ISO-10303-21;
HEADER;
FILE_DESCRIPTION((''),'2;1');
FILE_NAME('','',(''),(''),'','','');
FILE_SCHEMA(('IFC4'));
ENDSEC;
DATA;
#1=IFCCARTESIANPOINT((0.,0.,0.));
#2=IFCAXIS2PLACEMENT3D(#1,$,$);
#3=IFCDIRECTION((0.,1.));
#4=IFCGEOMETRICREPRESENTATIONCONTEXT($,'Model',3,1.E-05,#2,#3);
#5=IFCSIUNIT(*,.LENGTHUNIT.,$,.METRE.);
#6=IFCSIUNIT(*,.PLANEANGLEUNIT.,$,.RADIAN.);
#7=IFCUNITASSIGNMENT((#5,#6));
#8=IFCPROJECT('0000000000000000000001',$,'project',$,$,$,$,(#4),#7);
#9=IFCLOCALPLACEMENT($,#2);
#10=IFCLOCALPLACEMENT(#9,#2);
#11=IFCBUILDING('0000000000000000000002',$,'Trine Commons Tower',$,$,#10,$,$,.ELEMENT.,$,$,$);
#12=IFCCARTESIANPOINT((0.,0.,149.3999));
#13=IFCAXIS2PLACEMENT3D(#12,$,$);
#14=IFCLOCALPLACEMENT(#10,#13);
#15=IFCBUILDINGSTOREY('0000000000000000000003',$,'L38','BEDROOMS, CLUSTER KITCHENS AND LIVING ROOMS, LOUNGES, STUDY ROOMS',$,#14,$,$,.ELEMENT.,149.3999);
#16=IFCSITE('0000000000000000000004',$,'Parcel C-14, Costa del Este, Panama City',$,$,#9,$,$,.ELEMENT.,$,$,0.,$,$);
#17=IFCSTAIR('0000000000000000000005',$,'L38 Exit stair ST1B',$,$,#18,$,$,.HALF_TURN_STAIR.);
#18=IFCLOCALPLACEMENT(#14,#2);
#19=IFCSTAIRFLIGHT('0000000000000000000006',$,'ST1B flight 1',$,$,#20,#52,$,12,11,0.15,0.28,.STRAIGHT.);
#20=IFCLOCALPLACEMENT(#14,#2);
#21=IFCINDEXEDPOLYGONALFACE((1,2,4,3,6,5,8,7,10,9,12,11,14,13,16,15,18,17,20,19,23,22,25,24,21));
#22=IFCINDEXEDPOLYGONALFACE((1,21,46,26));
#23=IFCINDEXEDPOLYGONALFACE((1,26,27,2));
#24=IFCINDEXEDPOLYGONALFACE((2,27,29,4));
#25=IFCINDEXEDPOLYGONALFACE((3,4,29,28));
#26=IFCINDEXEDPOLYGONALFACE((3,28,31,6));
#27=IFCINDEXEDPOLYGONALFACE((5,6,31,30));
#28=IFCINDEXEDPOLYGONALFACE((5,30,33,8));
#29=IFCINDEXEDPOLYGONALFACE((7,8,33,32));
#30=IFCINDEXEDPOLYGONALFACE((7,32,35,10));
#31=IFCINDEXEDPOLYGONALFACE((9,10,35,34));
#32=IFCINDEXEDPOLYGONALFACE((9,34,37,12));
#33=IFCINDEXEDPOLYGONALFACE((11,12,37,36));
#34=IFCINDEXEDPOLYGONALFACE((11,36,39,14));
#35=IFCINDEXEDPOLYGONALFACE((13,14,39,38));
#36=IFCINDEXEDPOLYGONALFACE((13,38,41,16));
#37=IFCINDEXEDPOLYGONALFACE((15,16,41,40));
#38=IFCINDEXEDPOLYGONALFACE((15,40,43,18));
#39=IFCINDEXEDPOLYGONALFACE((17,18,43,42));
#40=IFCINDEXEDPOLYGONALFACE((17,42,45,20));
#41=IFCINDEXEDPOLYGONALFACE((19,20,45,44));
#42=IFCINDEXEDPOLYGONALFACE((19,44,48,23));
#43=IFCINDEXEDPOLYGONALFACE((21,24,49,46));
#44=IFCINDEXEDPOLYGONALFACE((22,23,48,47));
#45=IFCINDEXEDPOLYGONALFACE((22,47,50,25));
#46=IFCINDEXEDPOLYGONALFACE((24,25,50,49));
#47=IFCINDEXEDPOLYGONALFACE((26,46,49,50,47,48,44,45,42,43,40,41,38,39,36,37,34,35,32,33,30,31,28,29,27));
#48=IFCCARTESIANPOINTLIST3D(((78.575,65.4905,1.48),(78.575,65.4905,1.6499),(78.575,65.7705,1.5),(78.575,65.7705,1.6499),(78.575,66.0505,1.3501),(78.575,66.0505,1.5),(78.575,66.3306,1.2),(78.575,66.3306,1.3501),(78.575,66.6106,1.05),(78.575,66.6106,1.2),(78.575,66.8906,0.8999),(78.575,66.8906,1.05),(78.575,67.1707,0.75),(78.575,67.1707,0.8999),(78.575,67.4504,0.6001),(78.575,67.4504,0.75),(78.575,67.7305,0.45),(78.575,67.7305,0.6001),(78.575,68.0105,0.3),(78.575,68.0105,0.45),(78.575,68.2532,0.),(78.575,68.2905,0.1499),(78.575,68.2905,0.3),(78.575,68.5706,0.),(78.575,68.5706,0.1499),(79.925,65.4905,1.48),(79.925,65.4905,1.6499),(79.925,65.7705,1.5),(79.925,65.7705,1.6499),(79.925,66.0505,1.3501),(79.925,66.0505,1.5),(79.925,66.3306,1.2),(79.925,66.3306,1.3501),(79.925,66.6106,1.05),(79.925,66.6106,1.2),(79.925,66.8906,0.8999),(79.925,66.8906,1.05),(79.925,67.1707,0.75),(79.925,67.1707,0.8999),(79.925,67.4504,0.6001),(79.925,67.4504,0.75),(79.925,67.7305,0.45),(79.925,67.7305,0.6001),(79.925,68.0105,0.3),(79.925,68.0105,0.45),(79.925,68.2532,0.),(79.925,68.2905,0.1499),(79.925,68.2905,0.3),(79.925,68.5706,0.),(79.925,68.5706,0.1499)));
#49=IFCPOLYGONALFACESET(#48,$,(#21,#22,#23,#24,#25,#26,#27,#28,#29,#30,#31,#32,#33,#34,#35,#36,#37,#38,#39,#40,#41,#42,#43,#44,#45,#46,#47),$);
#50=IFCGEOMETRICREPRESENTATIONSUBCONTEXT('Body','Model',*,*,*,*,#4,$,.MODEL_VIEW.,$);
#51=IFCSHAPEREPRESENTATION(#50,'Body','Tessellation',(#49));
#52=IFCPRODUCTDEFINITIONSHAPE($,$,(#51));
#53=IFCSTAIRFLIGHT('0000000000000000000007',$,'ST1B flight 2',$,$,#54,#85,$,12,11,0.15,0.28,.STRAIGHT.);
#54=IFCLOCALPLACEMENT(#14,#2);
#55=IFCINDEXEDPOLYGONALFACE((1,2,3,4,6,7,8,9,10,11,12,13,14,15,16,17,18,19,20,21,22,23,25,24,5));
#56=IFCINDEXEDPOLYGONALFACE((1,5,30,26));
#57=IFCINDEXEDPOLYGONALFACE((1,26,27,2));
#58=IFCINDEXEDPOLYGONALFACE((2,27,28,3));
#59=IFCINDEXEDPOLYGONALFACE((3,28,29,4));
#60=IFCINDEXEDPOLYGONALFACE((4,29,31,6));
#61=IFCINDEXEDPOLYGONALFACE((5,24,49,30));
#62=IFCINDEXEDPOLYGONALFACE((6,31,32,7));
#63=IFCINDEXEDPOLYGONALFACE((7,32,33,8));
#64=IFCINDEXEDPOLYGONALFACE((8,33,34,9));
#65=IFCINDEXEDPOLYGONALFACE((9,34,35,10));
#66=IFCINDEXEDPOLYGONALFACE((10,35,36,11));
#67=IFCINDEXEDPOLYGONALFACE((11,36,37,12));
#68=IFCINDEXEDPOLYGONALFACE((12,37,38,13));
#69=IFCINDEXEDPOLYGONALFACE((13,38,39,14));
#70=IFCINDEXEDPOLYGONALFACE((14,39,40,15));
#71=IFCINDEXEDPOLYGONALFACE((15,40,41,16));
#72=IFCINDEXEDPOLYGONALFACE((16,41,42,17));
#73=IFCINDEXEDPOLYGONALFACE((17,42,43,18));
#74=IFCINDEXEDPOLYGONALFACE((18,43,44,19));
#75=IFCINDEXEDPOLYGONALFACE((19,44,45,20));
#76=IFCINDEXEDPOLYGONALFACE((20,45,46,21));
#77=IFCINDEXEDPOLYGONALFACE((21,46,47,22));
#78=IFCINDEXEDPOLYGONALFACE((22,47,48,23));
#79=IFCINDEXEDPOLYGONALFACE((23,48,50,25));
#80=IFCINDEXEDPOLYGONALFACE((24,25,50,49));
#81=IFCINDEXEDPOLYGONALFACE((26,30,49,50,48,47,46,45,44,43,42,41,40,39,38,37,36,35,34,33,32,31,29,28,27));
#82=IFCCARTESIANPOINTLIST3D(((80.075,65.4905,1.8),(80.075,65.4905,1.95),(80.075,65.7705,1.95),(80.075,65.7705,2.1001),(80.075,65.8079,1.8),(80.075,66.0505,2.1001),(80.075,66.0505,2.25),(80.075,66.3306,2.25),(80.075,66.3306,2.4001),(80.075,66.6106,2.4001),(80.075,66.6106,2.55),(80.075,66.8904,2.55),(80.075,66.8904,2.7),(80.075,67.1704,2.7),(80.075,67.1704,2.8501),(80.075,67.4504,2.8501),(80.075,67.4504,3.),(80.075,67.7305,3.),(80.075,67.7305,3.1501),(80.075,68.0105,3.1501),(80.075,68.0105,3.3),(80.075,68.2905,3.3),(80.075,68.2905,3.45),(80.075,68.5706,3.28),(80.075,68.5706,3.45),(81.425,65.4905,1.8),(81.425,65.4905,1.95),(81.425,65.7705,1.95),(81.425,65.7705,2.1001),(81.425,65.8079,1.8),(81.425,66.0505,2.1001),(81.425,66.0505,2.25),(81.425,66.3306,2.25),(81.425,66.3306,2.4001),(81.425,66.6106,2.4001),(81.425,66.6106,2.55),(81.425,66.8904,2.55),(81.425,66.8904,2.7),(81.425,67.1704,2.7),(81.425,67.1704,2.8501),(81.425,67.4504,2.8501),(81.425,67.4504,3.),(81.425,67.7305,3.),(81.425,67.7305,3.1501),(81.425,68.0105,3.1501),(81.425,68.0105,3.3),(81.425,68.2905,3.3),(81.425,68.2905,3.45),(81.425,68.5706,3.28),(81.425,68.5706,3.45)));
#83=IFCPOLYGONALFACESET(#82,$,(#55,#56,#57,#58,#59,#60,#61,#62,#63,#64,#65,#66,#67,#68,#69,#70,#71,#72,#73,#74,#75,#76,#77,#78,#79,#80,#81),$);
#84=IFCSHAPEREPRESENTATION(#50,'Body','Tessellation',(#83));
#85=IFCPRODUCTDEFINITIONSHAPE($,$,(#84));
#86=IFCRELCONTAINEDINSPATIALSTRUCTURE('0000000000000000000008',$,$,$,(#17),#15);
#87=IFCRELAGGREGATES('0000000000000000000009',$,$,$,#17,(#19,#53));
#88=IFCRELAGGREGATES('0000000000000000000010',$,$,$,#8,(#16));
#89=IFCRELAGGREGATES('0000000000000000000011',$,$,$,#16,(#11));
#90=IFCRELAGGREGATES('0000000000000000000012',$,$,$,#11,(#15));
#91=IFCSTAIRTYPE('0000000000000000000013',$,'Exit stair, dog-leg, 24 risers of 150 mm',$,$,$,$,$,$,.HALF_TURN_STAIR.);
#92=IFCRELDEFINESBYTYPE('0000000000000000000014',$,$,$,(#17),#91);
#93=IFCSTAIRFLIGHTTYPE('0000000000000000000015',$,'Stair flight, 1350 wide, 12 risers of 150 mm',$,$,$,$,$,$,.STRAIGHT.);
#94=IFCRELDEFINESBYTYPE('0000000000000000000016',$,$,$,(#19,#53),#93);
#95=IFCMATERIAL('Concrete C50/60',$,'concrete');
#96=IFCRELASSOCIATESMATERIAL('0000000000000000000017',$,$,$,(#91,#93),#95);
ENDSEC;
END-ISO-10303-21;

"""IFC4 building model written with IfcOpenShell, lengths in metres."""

from ifc_helpers import new_model, si_unit, direction, frame, origin, place, context, subcontext, project, spatial, polyline, outline, extrude, material, type_object, element, aggregate, save


model = new_model("IFC4")

# Units and contexts
model_context = context("Model", 3, precision=1e-05, world=origin(), true_north=direction((0.0, 1.0)))
body_context = subcontext(model_context, "Body", "Model", "MODEL_VIEW")
ifc_project = project(units=[si_unit("LENGTHUNIT", "METRE"), si_unit("PLANEANGLEUNIT", "RADIAN")], contexts=[model_context])

# Site, building, storey
site_placement = place(None, origin())
site = spatial("IfcSite", under=ifc_project, at=site_placement, Name="Parcel C-14, Costa del Este, Panama City", CompositionType="ELEMENT", RefElevation=0.0)
building_placement = place(site_placement, origin())
building = spatial("IfcBuilding", under=site, at=building_placement, Name="Trine Commons Tower", CompositionType="ELEMENT")
storey_placement = place(building_placement, frame((0.0, 0.0, 149.3999)))
storey = spatial("IfcBuildingStorey", under=building, at=storey_placement, Name="L38", Description="BEDROOMS, CLUSTER KITCHENS AND LIVING ROOMS, LOUNGES, STUDY ROOMS", CompositionType="ELEMENT", Elevation=149.3999)

# Stair, stair flights
ifc_material_1 = material(Name="Concrete C50/60", Category="concrete")
stair_type = type_object("IfcStairType", Name="Exit stair, dog-leg, 24 risers of 150 mm", PredefinedType="HALF_TURN_STAIR", material=ifc_material_1)
stair_placement = place(storey_placement, origin())
stair = element("IfcStair", 1, at=stair_placement, inside=storey, type_object=stair_type, Name="L38 Exit stair ST1B", PredefinedType="HALF_TURN_STAIR")
stair_flight_type = type_object("IfcStairFlightType", Name="Stair flight, 1350 wide, 12 risers of 150 mm", PredefinedType="STRAIGHT", material=ifc_material_1)
stair_flight_1_placement = place(storey_placement, frame((79.25, 68.5706, 0.0), z_axis=(0.0, 0.0, 1.0), x_axis=(0.0, -1.0, 0.0)))
stair_flight_1 = element("IfcStairFlight", 2, at=stair_flight_1_placement, type_object=stair_flight_type, Name="ST1B flight 1", NumberOfRisers=12, NumberOfTreads=11, PredefinedType="STRAIGHT", RiserHeight=0.15, TreadLength=0.28, context=body_context, shape_type="SweptSolid", body=[
    extrude(outline(polyline([(0.0, 0.0), (0.0, 0.1499), (0.28, 0.1499), (0.28, 0.3), (0.5601, 0.3), (0.5601, 0.45), (0.8401, 0.45), (0.8401, 0.6001), (1.1201, 0.6001), (1.1201, 0.75), (1.3999, 0.75), (1.3999, 0.8999), (1.6799, 0.8999), (1.6799, 1.05), (1.96, 1.05), (1.96, 1.2), (2.24, 1.2), (2.24, 1.3501), (2.52, 1.3501), (2.52, 1.5), (2.8, 1.5), (2.8, 1.6499), (3.0801, 1.6499), (3.0801, 1.8), (3.0801, 1.48), (0.3174, 0.0), (0.0, 0.0)])), frame((0.0, 0.675, 0.0), z_axis=(0.0, -1.0, 0.0), x_axis=(1.0, 0.0, 0.0)), (0.0, 0.0, 1.0), 1.3501),
])
stair_flight_2_placement = place(storey_placement, frame((80.75, 65.4905, 1.8), z_axis=(0.0, 0.0, 1.0), x_axis=(0.0, 1.0, 0.0)))
stair_flight_2 = element("IfcStairFlight", 3, at=stair_flight_2_placement, type_object=stair_flight_type, Name="ST1B flight 2", NumberOfRisers=12, NumberOfTreads=11, PredefinedType="STRAIGHT", RiserHeight=0.15, TreadLength=0.28, context=body_context, shape_type="SweptSolid", body=[
    extrude(outline(polyline([(0.0, 0.0), (0.0, 0.1499), (0.28, 0.1499), (0.28, 0.3), (0.5601, 0.3), (0.5601, 0.45), (0.8401, 0.45), (0.8401, 0.6001), (1.1201, 0.6001), (1.1201, 0.75), (1.3999, 0.75), (1.3999, 0.8999), (1.6799, 0.8999), (1.6799, 1.05), (1.96, 1.05), (1.96, 1.2), (2.24, 1.2), (2.24, 1.3501), (2.52, 1.3501), (2.52, 1.5), (2.8, 1.5), (2.8, 1.6499), (3.0801, 1.6499), (3.0801, 1.8), (3.0801, 1.48), (0.3174, 0.0), (0.0, 0.0)])), frame((0.0, 0.675, 0.0), z_axis=(0.0, -1.0, 0.0), x_axis=(1.0, 0.0, 0.0)), (0.0, 0.0, 1.0), 1.3501),
])
aggregate(stair, [stair_flight_1, stair_flight_2])

save(model, "model.ifc")
